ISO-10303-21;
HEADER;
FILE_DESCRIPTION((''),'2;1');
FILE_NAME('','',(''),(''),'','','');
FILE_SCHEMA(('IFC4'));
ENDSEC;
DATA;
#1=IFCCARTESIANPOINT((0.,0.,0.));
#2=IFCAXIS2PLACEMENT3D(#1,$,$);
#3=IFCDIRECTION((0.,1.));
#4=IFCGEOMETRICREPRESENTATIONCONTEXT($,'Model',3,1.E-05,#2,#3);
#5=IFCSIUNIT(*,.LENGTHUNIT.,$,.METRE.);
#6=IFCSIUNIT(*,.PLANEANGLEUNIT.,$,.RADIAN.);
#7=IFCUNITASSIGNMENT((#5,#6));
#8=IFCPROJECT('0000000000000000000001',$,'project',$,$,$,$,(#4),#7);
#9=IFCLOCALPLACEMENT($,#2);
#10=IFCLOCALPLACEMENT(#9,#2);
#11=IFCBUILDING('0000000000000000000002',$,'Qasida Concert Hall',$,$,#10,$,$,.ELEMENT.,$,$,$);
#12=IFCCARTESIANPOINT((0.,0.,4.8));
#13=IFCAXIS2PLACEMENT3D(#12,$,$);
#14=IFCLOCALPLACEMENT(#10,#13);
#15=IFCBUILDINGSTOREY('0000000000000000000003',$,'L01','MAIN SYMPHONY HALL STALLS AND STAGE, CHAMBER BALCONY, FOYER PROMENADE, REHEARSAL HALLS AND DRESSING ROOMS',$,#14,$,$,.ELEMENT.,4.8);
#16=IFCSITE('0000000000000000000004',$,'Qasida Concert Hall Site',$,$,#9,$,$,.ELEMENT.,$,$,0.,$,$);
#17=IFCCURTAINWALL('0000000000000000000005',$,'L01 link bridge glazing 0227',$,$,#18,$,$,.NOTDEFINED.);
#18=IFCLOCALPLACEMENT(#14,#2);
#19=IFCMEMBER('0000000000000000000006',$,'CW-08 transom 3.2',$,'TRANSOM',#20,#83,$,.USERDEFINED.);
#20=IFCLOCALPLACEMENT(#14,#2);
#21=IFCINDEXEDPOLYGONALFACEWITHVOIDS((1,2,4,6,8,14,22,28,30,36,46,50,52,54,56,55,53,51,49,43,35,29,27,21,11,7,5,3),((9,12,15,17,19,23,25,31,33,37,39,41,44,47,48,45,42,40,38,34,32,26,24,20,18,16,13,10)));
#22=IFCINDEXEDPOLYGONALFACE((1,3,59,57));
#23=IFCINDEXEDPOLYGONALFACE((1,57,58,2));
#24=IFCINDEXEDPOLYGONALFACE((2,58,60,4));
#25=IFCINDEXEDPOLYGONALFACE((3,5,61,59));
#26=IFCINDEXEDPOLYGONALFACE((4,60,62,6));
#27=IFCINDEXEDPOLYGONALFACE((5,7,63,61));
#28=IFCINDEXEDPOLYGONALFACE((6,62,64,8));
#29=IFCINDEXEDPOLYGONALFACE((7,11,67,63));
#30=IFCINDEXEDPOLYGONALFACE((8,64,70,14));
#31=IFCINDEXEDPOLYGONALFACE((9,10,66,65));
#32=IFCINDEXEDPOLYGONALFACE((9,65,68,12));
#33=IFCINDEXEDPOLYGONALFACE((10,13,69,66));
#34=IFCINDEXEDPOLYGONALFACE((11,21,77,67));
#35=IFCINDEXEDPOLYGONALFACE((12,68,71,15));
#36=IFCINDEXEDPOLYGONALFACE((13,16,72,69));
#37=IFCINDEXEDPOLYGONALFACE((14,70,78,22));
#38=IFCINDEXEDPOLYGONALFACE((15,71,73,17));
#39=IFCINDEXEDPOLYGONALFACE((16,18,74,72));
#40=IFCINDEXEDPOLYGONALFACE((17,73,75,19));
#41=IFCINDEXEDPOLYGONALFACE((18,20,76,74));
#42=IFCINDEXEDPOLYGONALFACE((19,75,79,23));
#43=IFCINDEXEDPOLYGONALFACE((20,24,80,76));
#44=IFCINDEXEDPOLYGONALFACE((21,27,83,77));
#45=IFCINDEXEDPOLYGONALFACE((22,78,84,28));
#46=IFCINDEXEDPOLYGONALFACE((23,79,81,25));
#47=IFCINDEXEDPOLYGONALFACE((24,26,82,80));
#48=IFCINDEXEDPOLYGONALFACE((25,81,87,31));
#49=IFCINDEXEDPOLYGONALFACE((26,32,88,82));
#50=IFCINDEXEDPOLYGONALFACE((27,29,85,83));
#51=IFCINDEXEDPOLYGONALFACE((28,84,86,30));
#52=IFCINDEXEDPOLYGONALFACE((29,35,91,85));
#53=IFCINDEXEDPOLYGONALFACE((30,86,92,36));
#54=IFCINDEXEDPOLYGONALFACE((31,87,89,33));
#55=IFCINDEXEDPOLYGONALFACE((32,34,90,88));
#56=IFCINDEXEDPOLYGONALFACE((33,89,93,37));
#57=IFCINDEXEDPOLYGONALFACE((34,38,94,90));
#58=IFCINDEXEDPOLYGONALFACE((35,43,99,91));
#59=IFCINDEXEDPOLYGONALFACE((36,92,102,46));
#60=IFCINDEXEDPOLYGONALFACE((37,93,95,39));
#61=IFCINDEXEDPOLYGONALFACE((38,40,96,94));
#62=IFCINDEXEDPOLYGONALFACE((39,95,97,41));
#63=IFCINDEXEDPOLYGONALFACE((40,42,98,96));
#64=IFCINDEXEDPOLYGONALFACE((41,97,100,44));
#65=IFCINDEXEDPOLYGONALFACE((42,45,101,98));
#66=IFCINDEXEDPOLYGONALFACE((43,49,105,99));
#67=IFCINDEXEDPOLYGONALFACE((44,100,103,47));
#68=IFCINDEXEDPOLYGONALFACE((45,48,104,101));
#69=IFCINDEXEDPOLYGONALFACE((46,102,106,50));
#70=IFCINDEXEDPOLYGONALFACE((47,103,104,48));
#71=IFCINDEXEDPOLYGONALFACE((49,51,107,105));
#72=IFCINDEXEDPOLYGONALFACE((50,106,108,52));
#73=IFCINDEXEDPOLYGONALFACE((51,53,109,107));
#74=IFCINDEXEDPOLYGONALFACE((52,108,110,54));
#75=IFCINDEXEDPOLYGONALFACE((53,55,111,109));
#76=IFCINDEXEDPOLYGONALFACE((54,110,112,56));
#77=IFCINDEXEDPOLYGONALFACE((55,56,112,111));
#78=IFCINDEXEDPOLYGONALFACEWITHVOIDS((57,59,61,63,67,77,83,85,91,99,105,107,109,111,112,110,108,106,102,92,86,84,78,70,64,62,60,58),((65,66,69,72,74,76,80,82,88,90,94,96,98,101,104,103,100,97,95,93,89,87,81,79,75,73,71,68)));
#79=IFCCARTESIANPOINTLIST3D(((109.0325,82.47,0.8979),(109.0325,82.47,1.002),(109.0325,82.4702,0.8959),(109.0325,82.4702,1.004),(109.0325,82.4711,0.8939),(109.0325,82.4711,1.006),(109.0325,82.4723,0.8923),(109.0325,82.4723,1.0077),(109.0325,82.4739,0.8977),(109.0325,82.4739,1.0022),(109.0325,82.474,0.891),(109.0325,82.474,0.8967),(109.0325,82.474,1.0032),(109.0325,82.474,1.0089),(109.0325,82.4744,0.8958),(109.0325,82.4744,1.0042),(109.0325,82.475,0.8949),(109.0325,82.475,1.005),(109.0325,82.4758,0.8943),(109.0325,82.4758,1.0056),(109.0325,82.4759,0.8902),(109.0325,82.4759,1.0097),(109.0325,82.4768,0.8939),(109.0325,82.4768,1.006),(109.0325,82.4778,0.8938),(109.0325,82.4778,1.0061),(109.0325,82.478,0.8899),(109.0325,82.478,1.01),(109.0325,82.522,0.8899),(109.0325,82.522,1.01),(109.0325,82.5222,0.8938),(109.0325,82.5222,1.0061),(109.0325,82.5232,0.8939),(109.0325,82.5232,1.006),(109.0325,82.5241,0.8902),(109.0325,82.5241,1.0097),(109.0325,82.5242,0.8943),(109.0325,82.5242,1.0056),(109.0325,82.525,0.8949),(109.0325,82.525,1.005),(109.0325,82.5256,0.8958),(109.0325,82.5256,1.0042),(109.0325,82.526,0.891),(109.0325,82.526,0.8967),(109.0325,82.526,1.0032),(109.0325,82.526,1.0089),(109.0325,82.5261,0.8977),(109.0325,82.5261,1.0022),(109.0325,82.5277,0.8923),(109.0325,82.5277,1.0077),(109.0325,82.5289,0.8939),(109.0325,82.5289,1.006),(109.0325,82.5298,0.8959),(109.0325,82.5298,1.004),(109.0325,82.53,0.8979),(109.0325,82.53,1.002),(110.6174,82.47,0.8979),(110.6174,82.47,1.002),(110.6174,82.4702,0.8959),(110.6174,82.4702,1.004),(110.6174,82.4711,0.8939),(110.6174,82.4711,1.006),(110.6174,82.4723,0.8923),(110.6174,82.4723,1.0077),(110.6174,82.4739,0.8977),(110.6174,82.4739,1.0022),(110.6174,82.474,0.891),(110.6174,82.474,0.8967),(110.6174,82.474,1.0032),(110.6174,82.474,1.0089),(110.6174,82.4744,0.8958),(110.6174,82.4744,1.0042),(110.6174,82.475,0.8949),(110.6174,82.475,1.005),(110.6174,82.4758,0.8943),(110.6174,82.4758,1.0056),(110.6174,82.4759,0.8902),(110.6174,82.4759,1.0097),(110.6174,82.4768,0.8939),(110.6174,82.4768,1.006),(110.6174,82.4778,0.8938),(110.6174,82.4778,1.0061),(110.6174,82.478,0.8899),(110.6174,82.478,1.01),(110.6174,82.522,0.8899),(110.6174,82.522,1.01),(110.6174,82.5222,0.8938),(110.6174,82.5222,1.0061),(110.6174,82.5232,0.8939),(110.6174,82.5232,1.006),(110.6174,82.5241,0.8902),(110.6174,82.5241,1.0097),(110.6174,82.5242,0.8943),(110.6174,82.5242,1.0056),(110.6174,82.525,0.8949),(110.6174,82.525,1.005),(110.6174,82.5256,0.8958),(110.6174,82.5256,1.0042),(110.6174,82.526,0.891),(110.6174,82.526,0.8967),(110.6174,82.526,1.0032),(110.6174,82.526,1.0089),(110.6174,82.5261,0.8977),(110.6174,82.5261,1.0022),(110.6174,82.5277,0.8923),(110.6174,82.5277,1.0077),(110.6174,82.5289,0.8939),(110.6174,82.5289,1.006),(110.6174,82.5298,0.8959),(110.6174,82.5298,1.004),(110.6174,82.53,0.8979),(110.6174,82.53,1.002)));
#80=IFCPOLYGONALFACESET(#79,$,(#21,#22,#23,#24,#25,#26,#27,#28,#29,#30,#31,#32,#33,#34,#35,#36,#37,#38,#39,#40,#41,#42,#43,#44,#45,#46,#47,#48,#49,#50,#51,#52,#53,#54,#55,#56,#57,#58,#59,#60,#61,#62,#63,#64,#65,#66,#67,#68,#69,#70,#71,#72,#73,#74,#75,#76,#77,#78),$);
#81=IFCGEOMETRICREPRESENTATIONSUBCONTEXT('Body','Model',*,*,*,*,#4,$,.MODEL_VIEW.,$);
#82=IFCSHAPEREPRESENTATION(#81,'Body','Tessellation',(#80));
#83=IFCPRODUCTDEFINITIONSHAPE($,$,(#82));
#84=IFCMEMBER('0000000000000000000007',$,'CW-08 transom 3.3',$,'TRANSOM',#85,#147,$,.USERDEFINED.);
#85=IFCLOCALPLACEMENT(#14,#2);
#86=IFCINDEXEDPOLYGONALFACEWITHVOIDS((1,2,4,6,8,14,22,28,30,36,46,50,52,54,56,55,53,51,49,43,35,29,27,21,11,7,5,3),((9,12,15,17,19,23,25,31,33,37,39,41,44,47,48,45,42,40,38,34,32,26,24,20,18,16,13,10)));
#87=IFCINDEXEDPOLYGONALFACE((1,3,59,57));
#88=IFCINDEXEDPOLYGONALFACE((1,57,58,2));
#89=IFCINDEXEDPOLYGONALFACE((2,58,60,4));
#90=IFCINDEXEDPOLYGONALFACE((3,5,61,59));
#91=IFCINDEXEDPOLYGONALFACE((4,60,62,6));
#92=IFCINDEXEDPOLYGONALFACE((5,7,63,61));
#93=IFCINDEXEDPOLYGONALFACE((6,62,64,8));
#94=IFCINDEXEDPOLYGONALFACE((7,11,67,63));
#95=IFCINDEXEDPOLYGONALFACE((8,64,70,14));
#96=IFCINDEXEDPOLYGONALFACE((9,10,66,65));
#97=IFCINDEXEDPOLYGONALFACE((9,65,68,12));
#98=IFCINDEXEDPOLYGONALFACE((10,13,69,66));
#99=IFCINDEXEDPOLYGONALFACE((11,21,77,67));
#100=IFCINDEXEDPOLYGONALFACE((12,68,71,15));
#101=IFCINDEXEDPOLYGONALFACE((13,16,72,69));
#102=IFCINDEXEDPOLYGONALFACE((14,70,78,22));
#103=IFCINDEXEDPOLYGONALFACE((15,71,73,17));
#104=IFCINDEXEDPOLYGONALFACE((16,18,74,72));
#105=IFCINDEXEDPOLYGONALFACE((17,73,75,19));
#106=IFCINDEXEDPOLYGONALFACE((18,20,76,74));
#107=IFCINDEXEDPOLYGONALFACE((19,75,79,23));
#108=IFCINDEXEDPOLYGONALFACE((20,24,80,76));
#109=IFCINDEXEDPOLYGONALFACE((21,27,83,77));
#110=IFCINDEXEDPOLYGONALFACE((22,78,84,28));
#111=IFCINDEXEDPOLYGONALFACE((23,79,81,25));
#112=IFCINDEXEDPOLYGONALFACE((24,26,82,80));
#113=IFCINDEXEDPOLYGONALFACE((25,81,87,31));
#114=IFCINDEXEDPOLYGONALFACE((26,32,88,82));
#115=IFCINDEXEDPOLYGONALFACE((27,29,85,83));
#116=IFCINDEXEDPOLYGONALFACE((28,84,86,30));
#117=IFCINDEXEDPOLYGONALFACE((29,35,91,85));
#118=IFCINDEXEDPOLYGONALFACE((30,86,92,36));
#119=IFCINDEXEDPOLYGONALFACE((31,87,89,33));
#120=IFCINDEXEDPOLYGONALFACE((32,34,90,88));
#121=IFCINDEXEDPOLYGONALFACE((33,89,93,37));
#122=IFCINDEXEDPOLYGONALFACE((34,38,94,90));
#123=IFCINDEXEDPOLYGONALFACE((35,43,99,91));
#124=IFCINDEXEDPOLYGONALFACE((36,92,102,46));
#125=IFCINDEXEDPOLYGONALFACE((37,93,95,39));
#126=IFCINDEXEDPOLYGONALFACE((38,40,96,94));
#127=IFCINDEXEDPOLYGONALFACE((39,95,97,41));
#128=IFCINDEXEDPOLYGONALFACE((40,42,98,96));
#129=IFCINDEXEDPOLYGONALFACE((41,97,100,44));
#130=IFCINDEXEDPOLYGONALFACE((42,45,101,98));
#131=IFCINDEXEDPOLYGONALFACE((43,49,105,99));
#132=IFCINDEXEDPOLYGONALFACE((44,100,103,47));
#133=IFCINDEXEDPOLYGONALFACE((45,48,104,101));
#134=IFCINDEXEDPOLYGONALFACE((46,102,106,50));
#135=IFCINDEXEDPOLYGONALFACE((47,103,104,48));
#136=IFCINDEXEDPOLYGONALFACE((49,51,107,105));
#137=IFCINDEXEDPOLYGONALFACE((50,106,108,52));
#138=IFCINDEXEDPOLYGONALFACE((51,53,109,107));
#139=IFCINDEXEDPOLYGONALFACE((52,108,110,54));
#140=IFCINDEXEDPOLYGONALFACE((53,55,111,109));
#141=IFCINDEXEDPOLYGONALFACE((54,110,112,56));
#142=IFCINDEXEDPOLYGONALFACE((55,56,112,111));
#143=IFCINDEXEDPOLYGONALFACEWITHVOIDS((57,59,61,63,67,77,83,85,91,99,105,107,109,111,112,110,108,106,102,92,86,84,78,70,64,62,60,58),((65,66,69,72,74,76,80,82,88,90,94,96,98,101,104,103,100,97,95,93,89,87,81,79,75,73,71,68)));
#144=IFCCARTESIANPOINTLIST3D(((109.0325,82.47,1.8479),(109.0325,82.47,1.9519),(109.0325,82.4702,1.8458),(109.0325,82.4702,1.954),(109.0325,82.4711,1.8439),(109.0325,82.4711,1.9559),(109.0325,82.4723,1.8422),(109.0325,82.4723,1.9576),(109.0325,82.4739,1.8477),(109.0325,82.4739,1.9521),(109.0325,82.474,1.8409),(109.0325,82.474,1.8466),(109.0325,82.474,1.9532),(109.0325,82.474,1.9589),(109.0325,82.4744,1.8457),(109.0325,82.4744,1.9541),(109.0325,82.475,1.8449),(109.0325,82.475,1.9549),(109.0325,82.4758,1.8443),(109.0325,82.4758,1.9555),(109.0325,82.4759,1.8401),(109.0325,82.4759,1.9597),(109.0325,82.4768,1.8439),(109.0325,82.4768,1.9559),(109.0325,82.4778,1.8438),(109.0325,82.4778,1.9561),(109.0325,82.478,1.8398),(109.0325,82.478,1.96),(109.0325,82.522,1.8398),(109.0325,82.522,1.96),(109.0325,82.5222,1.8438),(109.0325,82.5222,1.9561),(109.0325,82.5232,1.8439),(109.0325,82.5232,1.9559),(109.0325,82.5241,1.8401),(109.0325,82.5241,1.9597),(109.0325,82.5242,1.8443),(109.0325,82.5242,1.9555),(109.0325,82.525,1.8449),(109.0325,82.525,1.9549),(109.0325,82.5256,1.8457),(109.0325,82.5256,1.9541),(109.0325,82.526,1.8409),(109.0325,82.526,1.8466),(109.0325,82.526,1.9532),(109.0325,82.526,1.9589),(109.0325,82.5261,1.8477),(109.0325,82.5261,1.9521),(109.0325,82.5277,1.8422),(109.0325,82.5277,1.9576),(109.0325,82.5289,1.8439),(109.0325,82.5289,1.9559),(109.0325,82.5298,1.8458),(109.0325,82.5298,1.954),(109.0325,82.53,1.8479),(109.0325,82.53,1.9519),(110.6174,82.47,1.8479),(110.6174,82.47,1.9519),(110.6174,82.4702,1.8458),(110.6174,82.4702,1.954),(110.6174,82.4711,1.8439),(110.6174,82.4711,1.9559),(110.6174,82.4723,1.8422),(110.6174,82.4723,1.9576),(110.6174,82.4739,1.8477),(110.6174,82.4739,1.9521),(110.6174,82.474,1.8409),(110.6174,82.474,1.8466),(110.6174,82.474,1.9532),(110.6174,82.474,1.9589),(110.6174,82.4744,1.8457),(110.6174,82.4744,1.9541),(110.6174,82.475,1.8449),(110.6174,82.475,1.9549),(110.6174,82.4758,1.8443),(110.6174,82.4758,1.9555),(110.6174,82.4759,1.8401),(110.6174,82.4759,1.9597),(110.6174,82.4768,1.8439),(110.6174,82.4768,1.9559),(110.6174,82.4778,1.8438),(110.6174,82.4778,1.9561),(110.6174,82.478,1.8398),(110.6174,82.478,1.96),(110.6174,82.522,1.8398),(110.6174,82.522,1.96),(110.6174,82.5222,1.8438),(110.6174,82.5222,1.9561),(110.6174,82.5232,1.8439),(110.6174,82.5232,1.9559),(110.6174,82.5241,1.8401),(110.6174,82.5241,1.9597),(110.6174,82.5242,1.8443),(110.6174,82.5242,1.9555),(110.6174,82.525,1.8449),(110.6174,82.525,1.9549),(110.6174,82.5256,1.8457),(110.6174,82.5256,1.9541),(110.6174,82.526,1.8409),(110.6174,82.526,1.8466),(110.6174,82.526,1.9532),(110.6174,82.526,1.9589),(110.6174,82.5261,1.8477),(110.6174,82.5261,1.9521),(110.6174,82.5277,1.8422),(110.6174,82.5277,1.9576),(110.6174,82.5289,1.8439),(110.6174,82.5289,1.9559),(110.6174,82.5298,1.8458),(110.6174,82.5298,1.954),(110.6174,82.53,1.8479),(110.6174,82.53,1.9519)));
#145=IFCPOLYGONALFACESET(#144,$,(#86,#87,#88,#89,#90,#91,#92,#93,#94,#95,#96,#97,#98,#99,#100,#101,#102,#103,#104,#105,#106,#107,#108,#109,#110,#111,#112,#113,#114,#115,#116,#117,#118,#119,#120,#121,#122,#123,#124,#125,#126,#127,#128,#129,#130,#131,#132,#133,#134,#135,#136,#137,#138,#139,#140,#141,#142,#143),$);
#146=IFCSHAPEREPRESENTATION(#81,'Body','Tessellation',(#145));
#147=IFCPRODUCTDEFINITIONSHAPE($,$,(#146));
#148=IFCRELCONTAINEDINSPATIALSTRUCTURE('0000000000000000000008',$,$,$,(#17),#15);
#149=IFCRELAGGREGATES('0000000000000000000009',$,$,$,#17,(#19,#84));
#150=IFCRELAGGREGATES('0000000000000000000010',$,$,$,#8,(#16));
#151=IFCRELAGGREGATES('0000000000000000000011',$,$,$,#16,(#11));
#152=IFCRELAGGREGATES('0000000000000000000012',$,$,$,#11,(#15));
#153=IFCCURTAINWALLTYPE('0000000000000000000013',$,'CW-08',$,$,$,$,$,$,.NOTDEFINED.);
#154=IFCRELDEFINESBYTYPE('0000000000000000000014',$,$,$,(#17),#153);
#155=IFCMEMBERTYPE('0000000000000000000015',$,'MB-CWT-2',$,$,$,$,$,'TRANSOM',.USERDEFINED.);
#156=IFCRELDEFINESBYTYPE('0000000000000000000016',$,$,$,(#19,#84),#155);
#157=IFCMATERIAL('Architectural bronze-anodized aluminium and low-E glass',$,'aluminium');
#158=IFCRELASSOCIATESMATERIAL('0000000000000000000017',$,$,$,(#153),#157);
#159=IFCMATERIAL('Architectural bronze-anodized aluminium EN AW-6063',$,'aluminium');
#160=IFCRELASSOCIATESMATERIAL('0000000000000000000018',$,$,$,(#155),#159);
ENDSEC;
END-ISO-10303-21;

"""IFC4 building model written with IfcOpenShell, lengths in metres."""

from ifc_helpers import new_model, si_unit, direction, frame, origin, origin_2d, place, context, subcontext, project, spatial, hollow_rectangle, extrude, material, material_profile, profile_set, type_object, element, aggregate, save


model = new_model("IFC4")

# Units and contexts
model_context = context("Model", 3, precision=1e-05, world=origin(), true_north=direction((0.0, 1.0)))
body_context = subcontext(model_context, "Body", "Model", "MODEL_VIEW")
ifc_project = project(units=[si_unit("LENGTHUNIT", "METRE"), si_unit("PLANEANGLEUNIT", "RADIAN")], contexts=[model_context])

# Site, building, storey
site_placement = place(None, origin())
site = spatial("IfcSite", under=ifc_project, at=site_placement, Name="Qasida Concert Hall Site", CompositionType="ELEMENT", RefElevation=0.0)
building_placement = place(site_placement, origin())
building = spatial("IfcBuilding", under=site, at=building_placement, Name="Qasida Concert Hall", CompositionType="ELEMENT")
storey_placement = place(building_placement, frame((0.0, 0.0, 4.8)))
storey = spatial("IfcBuildingStorey", under=building, at=storey_placement, Name="L01", Description="MAIN SYMPHONY HALL STALLS AND STAGE, CHAMBER BALCONY, FOYER PROMENADE, REHEARSAL HALLS AND DRESSING ROOMS", CompositionType="ELEMENT", Elevation=4.8)

# Curtain wall
ifc_material_1 = material(Name="Architectural bronze-anodized aluminium and low-E glass", Category="aluminium")
curtain_wall_type = type_object("IfcCurtainWallType", Name="CW-08", PredefinedType="NOTDEFINED", material=ifc_material_1)
curtain_wall_1_placement = place(storey_placement, origin())
curtain_wall_1 = element("IfcCurtainWall", 1, at=curtain_wall_1_placement, inside=storey, type_object=curtain_wall_type, Name="L01 link bridge glazing 0227", PredefinedType="NOTDEFINED")
ifc_material_2 = material(Name="Architectural bronze-anodized aluminium EN AW-6063", Category="aluminium")

# Members
ifc_material_profile_1 = material_profile(ifc_material_2, hollow_rectangle(XDim=0.0601, YDim=0.1201, WallThickness=0.0039, InnerFilletRadius=0.0039, OuterFilletRadius=0.0081, at=origin_2d()), Name="CWT 120x60x4")
ifc_profile_set_1 = profile_set([ifc_material_profile_1], Name="Architectural bronze-anodized aluminium EN AW-6063")
member_type_1 = type_object("IfcMemberType", Name="MB-CWT-2", ElementType="TRANSOM", PredefinedType="USERDEFINED", material=ifc_profile_set_1)
member_1_placement = place(storey_placement, frame((109.0325, 82.5, 0.95), z_axis=(1.0, 0.0, 0.0), x_axis=(0.0, 1.0, 0.0)))
member_1 = element("IfcMember", 2, at=member_1_placement, type_object=member_type_1, Name="CW-08 transom 3.2", ObjectType="TRANSOM", PredefinedType="USERDEFINED", context=body_context, shape_type="SweptSolid", body=[
    extrude(hollow_rectangle(XDim=0.0601, YDim=0.1201, WallThickness=0.0039, InnerFilletRadius=0.0039, OuterFilletRadius=0.0081, at=origin_2d()), origin(), (0.0, 0.0, 1.0), 1.585),
])
member_2_placement = place(storey_placement, frame((109.0325, 82.5, 1.8999), z_axis=(1.0, 0.0, 0.0), x_axis=(0.0, 1.0, 0.0)))
member_2 = element("IfcMember", 3, at=member_2_placement, type_object=member_type_1, Name="CW-08 transom 3.3", ObjectType="TRANSOM", PredefinedType="USERDEFINED", context=body_context, shape_type="SweptSolid", body=[
    extrude(hollow_rectangle(XDim=0.0601, YDim=0.1201, WallThickness=0.0039, InnerFilletRadius=0.0039, OuterFilletRadius=0.0081, at=origin_2d()), origin(), (0.0, 0.0, 1.0), 1.585),
])

aggregate(curtain_wall_1, [member_1, member_2])

save(model, "model.ifc")
